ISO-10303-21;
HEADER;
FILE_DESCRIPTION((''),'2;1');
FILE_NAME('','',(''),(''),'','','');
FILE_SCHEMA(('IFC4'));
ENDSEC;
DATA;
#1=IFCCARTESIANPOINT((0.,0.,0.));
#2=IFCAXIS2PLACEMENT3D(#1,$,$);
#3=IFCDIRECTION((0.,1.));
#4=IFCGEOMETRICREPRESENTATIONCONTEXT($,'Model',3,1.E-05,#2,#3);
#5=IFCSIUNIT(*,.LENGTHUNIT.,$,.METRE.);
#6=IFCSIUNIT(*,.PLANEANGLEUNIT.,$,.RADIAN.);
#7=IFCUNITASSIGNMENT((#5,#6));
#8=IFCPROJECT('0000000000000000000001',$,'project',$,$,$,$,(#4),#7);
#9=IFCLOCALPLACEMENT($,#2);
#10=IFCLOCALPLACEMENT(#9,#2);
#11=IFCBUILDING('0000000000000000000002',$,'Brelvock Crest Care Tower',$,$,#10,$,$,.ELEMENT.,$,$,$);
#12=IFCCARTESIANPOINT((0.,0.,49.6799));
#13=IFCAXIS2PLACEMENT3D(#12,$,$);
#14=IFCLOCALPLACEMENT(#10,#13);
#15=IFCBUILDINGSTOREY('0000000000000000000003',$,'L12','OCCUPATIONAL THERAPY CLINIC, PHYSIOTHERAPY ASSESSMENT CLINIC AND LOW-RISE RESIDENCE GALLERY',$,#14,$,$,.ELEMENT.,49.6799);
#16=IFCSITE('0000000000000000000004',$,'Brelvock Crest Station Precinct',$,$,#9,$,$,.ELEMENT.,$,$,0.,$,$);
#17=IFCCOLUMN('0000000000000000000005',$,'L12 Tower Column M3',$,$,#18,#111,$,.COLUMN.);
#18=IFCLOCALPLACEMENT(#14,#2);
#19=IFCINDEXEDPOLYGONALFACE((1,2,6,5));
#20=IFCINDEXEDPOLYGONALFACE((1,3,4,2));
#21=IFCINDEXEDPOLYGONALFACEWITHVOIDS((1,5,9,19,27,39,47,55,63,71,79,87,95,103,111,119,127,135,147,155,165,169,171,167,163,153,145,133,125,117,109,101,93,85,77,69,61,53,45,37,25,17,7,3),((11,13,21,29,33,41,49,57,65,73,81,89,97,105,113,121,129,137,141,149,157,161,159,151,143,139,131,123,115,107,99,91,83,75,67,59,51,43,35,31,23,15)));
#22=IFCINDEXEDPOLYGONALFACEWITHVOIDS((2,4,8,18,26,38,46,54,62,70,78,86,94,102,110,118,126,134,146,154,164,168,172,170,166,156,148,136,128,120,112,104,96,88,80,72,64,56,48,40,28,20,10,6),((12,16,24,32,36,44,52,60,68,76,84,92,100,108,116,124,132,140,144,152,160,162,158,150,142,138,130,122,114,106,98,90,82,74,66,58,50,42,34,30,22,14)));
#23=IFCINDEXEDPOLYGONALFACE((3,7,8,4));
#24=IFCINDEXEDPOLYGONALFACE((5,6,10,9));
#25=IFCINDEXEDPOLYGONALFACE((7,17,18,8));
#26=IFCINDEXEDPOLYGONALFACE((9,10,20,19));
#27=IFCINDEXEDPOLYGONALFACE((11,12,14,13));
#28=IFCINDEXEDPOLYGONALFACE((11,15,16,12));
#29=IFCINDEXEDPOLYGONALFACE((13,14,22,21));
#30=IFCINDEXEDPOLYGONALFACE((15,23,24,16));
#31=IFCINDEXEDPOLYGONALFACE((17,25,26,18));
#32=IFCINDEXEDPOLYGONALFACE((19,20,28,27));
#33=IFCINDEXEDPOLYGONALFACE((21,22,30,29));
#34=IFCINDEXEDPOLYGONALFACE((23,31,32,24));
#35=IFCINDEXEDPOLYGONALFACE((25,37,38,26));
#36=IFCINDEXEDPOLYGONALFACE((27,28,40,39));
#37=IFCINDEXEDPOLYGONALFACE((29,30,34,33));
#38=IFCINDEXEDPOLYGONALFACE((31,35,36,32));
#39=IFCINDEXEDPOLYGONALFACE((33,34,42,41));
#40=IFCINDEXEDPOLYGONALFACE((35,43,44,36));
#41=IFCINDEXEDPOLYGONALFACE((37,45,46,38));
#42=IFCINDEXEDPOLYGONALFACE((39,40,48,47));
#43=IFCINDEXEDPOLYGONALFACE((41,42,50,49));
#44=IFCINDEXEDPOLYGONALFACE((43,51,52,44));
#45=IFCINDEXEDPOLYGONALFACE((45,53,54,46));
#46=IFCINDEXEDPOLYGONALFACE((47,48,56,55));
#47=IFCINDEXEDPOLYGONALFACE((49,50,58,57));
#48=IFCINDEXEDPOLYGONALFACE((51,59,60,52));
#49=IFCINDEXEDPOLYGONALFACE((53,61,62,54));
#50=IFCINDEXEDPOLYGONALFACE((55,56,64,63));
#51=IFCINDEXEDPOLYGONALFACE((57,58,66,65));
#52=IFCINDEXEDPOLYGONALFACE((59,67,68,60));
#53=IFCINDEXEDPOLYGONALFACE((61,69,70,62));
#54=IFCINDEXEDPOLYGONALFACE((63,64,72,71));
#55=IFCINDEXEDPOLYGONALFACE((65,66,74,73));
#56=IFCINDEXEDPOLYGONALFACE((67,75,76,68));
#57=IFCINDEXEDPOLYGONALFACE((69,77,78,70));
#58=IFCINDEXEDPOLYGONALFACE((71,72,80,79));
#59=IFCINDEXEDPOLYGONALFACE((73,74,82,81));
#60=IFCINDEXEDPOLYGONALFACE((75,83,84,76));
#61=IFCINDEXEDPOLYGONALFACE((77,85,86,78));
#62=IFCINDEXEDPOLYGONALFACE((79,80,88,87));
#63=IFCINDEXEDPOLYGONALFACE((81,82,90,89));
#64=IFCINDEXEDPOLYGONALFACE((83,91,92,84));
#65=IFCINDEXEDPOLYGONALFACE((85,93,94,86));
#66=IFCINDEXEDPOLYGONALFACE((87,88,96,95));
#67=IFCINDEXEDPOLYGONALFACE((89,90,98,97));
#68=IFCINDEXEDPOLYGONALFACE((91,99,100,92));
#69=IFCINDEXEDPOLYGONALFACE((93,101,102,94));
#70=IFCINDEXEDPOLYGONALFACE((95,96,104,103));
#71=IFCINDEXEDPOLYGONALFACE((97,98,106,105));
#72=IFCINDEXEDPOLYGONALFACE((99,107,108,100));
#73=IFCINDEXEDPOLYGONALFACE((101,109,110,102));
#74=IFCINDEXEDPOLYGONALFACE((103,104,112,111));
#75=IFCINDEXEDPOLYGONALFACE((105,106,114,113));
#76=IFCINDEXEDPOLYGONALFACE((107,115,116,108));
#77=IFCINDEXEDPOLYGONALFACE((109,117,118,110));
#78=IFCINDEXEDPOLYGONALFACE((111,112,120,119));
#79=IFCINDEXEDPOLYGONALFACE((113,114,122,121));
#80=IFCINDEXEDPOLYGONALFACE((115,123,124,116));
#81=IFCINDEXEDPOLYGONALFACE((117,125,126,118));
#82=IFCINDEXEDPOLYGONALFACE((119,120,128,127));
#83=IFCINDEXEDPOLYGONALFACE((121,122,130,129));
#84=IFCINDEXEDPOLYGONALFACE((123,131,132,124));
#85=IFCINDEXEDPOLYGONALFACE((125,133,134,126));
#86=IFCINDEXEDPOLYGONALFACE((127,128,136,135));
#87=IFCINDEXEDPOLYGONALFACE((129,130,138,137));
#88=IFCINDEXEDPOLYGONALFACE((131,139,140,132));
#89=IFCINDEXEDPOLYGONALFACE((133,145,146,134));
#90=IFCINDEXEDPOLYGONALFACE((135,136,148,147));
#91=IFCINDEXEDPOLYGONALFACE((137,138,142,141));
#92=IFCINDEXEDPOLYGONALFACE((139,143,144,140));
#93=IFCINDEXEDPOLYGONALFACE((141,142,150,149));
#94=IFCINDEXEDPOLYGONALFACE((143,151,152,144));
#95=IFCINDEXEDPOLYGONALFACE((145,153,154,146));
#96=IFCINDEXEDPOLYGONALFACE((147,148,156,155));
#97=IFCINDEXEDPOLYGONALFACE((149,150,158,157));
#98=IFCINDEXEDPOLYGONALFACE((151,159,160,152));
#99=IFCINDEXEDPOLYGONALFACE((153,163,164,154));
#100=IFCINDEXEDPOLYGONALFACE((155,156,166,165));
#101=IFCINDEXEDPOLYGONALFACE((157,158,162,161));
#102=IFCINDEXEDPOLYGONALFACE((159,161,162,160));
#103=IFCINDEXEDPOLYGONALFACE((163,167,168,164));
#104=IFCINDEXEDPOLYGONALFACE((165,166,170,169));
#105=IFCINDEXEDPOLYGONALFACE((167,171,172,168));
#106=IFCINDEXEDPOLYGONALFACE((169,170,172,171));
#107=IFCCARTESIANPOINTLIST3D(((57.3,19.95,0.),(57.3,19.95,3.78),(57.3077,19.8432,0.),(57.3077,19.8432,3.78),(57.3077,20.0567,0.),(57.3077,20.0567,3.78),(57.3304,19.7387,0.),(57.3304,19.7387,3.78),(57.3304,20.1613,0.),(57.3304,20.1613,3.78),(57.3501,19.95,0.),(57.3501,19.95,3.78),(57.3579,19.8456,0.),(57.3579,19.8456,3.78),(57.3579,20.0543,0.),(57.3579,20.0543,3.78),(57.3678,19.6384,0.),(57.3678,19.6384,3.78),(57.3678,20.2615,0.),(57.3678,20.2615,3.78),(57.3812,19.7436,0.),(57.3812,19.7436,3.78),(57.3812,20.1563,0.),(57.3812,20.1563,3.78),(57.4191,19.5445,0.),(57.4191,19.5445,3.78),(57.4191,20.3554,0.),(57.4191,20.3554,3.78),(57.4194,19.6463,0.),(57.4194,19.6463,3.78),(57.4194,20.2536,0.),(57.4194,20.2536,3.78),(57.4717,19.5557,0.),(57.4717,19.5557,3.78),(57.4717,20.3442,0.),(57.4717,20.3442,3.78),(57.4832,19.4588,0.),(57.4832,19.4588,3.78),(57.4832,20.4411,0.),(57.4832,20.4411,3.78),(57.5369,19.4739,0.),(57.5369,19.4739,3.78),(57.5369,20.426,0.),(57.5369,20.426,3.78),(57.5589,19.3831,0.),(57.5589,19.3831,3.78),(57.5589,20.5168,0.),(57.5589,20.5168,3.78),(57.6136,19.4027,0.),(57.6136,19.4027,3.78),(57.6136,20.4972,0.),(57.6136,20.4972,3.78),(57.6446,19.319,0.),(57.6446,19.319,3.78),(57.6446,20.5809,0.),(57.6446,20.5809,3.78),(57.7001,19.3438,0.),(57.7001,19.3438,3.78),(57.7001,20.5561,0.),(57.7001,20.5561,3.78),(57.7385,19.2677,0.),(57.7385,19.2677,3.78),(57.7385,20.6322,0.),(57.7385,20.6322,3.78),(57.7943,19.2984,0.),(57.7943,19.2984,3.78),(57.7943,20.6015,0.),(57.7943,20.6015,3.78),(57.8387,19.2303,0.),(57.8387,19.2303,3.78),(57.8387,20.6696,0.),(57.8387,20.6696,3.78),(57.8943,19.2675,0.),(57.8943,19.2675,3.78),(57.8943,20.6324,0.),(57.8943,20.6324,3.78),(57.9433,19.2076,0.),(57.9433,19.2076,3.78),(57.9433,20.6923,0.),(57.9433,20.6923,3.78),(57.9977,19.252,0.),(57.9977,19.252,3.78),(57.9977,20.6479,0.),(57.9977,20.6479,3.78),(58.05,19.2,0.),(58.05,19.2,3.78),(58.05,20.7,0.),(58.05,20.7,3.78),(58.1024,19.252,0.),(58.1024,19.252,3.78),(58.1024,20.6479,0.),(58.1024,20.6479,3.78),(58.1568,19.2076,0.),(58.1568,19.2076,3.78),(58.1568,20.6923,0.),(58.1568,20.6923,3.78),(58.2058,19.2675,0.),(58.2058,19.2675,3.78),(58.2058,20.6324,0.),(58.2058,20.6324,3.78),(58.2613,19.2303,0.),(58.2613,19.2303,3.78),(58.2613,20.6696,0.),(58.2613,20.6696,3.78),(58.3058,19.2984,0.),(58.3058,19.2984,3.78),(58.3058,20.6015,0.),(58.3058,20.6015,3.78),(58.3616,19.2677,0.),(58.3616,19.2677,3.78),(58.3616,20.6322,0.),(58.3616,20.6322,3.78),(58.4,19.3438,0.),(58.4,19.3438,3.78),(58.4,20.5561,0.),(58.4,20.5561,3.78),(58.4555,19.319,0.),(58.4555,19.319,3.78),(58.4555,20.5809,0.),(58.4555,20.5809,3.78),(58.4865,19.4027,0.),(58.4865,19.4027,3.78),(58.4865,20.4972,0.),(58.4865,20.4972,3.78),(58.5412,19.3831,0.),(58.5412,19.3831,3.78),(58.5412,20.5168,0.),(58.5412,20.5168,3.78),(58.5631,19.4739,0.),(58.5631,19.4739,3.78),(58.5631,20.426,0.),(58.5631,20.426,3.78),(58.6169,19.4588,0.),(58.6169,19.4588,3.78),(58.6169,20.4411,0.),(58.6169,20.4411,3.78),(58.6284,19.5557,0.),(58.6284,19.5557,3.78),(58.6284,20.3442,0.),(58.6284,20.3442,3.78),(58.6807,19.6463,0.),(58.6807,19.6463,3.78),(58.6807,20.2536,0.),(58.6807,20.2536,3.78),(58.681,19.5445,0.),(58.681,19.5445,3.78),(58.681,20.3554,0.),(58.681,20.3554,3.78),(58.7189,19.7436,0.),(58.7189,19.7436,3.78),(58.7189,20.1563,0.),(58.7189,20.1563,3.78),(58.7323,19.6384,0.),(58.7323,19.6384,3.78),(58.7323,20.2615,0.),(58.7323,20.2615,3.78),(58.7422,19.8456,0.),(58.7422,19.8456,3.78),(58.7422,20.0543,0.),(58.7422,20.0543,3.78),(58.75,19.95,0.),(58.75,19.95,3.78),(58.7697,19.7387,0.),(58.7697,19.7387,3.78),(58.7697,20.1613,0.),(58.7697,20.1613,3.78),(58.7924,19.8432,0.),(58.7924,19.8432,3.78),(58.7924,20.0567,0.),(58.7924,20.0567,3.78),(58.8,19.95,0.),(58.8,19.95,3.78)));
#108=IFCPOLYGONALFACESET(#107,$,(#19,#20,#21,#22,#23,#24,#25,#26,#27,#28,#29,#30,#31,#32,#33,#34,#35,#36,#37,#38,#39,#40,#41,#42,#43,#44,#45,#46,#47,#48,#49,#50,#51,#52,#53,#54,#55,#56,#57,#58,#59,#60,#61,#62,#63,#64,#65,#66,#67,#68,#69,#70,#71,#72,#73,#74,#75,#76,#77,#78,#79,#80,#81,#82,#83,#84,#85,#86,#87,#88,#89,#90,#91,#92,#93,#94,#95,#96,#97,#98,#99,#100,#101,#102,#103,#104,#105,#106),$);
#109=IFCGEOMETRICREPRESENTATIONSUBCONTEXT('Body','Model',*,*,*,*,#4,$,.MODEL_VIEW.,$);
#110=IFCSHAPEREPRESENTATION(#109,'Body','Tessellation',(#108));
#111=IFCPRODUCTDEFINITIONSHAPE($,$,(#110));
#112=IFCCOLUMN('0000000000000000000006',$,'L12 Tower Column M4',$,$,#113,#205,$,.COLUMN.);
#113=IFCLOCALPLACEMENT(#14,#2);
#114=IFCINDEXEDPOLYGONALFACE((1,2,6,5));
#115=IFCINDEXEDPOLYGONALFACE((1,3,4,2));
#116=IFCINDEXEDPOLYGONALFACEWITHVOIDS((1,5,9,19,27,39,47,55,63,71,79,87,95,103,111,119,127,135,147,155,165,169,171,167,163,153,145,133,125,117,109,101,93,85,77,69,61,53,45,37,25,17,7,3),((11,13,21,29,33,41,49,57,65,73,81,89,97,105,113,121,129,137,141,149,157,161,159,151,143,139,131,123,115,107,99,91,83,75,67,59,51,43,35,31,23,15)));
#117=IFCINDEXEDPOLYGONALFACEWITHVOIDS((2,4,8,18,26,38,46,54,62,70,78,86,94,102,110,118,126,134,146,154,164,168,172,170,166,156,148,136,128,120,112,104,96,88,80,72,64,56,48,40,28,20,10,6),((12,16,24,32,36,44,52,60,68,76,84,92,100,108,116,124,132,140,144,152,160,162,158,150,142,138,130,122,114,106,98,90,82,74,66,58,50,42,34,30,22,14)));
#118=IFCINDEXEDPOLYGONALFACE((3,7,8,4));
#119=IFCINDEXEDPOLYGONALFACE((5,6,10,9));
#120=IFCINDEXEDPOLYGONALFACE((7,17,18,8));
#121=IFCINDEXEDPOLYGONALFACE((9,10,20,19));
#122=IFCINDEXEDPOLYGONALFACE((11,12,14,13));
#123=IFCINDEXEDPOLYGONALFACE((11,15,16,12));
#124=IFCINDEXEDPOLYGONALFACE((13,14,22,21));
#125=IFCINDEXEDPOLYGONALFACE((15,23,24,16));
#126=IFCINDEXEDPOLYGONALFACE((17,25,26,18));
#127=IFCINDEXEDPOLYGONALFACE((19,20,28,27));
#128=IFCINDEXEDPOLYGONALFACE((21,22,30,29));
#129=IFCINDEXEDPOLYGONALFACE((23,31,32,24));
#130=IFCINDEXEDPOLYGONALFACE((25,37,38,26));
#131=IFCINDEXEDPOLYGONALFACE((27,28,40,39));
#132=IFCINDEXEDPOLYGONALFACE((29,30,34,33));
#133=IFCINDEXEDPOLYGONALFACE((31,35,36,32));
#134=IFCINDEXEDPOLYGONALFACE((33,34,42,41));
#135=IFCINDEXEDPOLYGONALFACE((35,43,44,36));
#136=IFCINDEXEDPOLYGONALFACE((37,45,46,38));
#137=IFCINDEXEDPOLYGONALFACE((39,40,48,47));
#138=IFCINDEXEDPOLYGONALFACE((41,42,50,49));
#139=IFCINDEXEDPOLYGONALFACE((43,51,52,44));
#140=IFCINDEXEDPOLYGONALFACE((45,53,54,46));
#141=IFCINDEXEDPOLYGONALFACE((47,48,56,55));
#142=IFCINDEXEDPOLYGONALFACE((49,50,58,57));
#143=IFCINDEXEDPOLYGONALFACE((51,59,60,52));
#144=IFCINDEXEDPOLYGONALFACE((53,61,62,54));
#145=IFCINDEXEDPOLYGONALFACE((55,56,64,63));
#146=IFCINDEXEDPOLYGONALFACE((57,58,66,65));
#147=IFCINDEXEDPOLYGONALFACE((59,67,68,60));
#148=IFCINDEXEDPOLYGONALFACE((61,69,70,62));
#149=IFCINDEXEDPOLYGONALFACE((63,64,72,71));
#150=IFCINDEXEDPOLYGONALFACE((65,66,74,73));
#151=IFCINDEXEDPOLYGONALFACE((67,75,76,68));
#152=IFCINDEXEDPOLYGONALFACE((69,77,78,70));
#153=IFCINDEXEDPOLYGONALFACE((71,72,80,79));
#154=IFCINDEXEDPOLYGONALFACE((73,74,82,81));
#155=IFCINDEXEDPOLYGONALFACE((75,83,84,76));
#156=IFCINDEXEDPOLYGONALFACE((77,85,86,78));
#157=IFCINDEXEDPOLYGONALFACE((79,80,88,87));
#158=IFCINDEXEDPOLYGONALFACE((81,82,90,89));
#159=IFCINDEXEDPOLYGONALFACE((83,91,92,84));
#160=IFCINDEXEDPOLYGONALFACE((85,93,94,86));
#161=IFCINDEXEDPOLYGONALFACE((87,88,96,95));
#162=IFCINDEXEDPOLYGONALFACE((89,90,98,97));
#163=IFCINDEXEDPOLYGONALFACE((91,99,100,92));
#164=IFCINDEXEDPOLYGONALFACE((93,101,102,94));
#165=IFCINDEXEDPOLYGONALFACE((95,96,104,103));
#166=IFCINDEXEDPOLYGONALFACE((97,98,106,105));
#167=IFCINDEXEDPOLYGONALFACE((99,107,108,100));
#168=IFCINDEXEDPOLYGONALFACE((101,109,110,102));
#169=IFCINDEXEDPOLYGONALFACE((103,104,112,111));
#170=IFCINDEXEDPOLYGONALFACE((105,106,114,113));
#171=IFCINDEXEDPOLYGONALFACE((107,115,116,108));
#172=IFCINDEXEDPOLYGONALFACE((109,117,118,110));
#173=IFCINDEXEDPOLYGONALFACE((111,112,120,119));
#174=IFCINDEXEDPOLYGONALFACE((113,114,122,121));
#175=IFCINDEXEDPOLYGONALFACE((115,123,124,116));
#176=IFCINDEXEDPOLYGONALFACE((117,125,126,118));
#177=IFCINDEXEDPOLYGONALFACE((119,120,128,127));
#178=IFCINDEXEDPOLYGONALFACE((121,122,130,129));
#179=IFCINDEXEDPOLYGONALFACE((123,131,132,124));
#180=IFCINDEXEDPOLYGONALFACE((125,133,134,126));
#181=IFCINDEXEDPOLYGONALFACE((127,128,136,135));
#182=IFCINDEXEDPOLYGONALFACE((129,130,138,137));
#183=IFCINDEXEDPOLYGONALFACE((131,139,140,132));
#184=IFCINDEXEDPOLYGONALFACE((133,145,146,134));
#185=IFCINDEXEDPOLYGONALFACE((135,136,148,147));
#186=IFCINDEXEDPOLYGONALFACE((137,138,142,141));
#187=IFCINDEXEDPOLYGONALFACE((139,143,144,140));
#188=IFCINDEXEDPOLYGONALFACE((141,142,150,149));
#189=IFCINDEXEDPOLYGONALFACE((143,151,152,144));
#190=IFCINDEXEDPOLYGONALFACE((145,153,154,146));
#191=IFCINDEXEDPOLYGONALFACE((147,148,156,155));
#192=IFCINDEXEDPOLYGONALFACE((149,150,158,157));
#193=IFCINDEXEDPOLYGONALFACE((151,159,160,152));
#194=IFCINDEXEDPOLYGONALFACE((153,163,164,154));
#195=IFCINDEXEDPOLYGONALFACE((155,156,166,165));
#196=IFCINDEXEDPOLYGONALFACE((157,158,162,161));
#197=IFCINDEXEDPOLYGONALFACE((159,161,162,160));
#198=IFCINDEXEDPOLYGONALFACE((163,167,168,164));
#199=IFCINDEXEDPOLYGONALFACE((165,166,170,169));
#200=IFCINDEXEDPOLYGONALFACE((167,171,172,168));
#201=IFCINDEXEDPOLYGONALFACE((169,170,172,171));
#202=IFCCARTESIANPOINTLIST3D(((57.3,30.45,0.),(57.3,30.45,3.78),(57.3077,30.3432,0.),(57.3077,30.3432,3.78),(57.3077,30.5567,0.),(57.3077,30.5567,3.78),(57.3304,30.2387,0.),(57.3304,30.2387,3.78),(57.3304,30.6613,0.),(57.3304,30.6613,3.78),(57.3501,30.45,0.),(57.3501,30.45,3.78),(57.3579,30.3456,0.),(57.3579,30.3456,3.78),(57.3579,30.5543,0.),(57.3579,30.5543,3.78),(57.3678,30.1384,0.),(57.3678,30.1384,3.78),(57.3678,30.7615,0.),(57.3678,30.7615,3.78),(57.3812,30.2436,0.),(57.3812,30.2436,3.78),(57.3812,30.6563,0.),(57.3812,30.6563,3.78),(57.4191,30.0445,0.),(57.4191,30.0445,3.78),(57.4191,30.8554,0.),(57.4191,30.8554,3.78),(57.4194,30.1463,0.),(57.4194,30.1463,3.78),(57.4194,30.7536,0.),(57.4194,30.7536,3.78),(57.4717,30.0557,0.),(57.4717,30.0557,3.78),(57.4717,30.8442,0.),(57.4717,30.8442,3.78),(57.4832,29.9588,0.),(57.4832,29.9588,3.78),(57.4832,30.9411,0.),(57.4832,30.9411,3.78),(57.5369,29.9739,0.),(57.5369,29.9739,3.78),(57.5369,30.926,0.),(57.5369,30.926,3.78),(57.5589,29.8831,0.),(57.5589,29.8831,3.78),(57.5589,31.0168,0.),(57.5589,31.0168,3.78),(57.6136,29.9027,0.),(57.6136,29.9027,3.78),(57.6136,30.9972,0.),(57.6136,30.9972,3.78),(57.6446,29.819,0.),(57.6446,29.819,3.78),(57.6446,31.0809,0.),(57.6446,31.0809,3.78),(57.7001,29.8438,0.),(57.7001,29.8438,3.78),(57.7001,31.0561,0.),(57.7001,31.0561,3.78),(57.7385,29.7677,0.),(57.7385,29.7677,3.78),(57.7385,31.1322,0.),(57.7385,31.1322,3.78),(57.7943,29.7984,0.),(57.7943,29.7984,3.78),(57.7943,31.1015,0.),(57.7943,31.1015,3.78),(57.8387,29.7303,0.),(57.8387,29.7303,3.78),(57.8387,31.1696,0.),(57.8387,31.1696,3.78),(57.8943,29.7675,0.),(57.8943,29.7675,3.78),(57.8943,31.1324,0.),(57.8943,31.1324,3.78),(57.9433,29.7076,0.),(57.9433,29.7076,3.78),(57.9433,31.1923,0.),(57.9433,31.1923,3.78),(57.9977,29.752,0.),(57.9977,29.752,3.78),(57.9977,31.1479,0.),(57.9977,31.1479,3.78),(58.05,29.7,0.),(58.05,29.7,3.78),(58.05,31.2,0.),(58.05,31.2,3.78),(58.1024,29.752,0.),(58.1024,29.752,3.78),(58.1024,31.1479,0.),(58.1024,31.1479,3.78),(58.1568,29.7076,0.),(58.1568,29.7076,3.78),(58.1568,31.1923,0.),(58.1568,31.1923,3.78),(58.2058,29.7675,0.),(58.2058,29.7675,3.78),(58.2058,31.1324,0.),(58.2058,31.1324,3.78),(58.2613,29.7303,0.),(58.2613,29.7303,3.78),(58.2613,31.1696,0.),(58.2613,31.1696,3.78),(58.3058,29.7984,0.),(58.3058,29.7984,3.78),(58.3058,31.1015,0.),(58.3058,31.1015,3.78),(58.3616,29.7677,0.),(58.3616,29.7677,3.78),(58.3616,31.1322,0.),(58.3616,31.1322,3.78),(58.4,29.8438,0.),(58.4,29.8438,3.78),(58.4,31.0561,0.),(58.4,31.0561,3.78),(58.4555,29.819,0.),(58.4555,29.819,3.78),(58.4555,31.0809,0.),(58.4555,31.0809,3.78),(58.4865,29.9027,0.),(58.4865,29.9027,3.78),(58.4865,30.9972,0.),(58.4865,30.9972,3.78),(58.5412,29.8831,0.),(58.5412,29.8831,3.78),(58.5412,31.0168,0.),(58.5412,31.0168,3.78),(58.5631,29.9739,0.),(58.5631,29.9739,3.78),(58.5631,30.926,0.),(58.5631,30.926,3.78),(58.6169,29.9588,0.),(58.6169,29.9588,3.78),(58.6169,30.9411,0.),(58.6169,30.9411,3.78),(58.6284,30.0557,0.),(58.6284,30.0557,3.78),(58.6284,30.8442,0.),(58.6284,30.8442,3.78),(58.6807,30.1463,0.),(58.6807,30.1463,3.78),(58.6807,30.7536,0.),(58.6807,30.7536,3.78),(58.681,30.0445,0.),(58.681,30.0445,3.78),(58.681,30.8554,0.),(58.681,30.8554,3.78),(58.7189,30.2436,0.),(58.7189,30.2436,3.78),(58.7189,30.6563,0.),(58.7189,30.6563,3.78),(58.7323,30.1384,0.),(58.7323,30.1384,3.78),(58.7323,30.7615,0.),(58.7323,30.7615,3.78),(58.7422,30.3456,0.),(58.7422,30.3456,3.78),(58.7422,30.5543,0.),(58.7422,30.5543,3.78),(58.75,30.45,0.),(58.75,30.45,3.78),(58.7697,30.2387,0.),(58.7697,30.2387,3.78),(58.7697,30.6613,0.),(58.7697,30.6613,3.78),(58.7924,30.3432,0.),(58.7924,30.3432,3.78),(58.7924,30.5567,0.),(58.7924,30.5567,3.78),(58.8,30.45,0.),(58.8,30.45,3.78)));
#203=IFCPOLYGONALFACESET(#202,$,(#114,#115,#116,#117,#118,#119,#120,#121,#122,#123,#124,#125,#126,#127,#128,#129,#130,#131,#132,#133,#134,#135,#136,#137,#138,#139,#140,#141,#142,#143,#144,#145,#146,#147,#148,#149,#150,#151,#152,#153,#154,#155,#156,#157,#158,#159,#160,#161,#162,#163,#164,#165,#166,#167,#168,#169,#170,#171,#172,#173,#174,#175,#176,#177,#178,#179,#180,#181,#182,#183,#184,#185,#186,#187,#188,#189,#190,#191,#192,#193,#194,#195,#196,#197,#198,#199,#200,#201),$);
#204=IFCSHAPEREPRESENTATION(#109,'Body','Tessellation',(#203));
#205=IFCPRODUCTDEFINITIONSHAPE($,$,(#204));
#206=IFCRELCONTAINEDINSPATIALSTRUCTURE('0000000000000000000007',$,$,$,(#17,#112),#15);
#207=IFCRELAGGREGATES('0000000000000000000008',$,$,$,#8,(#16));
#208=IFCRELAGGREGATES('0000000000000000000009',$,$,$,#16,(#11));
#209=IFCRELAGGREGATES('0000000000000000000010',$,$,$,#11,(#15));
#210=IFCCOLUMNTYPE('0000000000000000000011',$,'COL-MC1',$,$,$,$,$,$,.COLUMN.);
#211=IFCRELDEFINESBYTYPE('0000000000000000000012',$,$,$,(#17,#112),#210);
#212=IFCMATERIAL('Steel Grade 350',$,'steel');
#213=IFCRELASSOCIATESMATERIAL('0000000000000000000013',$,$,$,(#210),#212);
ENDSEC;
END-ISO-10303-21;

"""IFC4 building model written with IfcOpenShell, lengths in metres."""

from ifc_helpers import new_model, si_unit, direction, frame, origin, origin_2d, place, context, subcontext, project, spatial, hollow_circle, extrude, source, transform, mapped, material, material_profile, profile_set, type_object, element, save


model = new_model("IFC4")

# Units and contexts
model_context = context("Model", 3, precision=1e-05, world=origin(), true_north=direction((0.0, 1.0)))
body_context = subcontext(model_context, "Body", "Model", "MODEL_VIEW")
ifc_project = project(units=[si_unit("LENGTHUNIT", "METRE"), si_unit("PLANEANGLEUNIT", "RADIAN")], contexts=[model_context])

# Site, building, storey
site_placement = place(None, origin())
site = spatial("IfcSite", under=ifc_project, at=site_placement, Name="Brelvock Crest Station Precinct", CompositionType="ELEMENT", RefElevation=0.0)
building_placement = place(site_placement, origin())
building = spatial("IfcBuilding", under=site, at=building_placement, Name="Brelvock Crest Care Tower", CompositionType="ELEMENT")
storey_placement = place(building_placement, frame((0.0, 0.0, 49.6799)))
storey = spatial("IfcBuildingStorey", under=building, at=storey_placement, Name="L12", Description="OCCUPATIONAL THERAPY CLINIC, PHYSIOTHERAPY ASSESSMENT CLINIC AND LOW-RISE RESIDENCE GALLERY", CompositionType="ELEMENT", Elevation=49.6799)

# Columns
ifc_material_1 = material(Name="Steel Grade 350", Category="steel")
ifc_material_profile_1 = material_profile(ifc_material_1, hollow_circle(Radius=0.75, WallThickness=0.05, at=origin_2d()), Name="CFT1500x50")
ifc_profile_set_1 = profile_set([ifc_material_profile_1], Name="Steel Grade 350")
column_type = type_object("IfcColumnType", Name="COL-MC1", PredefinedType="COLUMN", material=ifc_profile_set_1)
shared_shape_1 = source(origin(), body_context, "Body", "SweptSolid", [
    extrude(hollow_circle(Radius=0.75, WallThickness=0.05, at=origin_2d()), origin(), (0.0, 0.0, 1.0), 3.78),
])
for number, where, z_axis, x_axis, name in (
    (1, (58.05, 19.95, 0.0), (0.0, 0.0, 1.0), (1.0, 0.0, 0.0), "L12 Tower Column M3"),
    (2, (58.05, 30.45, 0.0), (0.0, 0.0, 1.0), (1.0, 0.0, 0.0), "L12 Tower Column M4"),
):
    element("IfcColumn", number, at=place(storey_placement, frame(where, z_axis=z_axis, x_axis=x_axis)), inside=storey, type_object=column_type, Name=name, PredefinedType="COLUMN", context=body_context, shape_type="MappedRepresentation", body=[
        mapped(shared_shape_1, transform((0.0, 0.0, 0.0), x_axis=(1.0, 0.0, 0.0), y_axis=(0.0, 1.0, 0.0), z_axis=(0.0, 0.0, 1.0), scale=1.0)),
    ])

save(model, "model.ifc")
